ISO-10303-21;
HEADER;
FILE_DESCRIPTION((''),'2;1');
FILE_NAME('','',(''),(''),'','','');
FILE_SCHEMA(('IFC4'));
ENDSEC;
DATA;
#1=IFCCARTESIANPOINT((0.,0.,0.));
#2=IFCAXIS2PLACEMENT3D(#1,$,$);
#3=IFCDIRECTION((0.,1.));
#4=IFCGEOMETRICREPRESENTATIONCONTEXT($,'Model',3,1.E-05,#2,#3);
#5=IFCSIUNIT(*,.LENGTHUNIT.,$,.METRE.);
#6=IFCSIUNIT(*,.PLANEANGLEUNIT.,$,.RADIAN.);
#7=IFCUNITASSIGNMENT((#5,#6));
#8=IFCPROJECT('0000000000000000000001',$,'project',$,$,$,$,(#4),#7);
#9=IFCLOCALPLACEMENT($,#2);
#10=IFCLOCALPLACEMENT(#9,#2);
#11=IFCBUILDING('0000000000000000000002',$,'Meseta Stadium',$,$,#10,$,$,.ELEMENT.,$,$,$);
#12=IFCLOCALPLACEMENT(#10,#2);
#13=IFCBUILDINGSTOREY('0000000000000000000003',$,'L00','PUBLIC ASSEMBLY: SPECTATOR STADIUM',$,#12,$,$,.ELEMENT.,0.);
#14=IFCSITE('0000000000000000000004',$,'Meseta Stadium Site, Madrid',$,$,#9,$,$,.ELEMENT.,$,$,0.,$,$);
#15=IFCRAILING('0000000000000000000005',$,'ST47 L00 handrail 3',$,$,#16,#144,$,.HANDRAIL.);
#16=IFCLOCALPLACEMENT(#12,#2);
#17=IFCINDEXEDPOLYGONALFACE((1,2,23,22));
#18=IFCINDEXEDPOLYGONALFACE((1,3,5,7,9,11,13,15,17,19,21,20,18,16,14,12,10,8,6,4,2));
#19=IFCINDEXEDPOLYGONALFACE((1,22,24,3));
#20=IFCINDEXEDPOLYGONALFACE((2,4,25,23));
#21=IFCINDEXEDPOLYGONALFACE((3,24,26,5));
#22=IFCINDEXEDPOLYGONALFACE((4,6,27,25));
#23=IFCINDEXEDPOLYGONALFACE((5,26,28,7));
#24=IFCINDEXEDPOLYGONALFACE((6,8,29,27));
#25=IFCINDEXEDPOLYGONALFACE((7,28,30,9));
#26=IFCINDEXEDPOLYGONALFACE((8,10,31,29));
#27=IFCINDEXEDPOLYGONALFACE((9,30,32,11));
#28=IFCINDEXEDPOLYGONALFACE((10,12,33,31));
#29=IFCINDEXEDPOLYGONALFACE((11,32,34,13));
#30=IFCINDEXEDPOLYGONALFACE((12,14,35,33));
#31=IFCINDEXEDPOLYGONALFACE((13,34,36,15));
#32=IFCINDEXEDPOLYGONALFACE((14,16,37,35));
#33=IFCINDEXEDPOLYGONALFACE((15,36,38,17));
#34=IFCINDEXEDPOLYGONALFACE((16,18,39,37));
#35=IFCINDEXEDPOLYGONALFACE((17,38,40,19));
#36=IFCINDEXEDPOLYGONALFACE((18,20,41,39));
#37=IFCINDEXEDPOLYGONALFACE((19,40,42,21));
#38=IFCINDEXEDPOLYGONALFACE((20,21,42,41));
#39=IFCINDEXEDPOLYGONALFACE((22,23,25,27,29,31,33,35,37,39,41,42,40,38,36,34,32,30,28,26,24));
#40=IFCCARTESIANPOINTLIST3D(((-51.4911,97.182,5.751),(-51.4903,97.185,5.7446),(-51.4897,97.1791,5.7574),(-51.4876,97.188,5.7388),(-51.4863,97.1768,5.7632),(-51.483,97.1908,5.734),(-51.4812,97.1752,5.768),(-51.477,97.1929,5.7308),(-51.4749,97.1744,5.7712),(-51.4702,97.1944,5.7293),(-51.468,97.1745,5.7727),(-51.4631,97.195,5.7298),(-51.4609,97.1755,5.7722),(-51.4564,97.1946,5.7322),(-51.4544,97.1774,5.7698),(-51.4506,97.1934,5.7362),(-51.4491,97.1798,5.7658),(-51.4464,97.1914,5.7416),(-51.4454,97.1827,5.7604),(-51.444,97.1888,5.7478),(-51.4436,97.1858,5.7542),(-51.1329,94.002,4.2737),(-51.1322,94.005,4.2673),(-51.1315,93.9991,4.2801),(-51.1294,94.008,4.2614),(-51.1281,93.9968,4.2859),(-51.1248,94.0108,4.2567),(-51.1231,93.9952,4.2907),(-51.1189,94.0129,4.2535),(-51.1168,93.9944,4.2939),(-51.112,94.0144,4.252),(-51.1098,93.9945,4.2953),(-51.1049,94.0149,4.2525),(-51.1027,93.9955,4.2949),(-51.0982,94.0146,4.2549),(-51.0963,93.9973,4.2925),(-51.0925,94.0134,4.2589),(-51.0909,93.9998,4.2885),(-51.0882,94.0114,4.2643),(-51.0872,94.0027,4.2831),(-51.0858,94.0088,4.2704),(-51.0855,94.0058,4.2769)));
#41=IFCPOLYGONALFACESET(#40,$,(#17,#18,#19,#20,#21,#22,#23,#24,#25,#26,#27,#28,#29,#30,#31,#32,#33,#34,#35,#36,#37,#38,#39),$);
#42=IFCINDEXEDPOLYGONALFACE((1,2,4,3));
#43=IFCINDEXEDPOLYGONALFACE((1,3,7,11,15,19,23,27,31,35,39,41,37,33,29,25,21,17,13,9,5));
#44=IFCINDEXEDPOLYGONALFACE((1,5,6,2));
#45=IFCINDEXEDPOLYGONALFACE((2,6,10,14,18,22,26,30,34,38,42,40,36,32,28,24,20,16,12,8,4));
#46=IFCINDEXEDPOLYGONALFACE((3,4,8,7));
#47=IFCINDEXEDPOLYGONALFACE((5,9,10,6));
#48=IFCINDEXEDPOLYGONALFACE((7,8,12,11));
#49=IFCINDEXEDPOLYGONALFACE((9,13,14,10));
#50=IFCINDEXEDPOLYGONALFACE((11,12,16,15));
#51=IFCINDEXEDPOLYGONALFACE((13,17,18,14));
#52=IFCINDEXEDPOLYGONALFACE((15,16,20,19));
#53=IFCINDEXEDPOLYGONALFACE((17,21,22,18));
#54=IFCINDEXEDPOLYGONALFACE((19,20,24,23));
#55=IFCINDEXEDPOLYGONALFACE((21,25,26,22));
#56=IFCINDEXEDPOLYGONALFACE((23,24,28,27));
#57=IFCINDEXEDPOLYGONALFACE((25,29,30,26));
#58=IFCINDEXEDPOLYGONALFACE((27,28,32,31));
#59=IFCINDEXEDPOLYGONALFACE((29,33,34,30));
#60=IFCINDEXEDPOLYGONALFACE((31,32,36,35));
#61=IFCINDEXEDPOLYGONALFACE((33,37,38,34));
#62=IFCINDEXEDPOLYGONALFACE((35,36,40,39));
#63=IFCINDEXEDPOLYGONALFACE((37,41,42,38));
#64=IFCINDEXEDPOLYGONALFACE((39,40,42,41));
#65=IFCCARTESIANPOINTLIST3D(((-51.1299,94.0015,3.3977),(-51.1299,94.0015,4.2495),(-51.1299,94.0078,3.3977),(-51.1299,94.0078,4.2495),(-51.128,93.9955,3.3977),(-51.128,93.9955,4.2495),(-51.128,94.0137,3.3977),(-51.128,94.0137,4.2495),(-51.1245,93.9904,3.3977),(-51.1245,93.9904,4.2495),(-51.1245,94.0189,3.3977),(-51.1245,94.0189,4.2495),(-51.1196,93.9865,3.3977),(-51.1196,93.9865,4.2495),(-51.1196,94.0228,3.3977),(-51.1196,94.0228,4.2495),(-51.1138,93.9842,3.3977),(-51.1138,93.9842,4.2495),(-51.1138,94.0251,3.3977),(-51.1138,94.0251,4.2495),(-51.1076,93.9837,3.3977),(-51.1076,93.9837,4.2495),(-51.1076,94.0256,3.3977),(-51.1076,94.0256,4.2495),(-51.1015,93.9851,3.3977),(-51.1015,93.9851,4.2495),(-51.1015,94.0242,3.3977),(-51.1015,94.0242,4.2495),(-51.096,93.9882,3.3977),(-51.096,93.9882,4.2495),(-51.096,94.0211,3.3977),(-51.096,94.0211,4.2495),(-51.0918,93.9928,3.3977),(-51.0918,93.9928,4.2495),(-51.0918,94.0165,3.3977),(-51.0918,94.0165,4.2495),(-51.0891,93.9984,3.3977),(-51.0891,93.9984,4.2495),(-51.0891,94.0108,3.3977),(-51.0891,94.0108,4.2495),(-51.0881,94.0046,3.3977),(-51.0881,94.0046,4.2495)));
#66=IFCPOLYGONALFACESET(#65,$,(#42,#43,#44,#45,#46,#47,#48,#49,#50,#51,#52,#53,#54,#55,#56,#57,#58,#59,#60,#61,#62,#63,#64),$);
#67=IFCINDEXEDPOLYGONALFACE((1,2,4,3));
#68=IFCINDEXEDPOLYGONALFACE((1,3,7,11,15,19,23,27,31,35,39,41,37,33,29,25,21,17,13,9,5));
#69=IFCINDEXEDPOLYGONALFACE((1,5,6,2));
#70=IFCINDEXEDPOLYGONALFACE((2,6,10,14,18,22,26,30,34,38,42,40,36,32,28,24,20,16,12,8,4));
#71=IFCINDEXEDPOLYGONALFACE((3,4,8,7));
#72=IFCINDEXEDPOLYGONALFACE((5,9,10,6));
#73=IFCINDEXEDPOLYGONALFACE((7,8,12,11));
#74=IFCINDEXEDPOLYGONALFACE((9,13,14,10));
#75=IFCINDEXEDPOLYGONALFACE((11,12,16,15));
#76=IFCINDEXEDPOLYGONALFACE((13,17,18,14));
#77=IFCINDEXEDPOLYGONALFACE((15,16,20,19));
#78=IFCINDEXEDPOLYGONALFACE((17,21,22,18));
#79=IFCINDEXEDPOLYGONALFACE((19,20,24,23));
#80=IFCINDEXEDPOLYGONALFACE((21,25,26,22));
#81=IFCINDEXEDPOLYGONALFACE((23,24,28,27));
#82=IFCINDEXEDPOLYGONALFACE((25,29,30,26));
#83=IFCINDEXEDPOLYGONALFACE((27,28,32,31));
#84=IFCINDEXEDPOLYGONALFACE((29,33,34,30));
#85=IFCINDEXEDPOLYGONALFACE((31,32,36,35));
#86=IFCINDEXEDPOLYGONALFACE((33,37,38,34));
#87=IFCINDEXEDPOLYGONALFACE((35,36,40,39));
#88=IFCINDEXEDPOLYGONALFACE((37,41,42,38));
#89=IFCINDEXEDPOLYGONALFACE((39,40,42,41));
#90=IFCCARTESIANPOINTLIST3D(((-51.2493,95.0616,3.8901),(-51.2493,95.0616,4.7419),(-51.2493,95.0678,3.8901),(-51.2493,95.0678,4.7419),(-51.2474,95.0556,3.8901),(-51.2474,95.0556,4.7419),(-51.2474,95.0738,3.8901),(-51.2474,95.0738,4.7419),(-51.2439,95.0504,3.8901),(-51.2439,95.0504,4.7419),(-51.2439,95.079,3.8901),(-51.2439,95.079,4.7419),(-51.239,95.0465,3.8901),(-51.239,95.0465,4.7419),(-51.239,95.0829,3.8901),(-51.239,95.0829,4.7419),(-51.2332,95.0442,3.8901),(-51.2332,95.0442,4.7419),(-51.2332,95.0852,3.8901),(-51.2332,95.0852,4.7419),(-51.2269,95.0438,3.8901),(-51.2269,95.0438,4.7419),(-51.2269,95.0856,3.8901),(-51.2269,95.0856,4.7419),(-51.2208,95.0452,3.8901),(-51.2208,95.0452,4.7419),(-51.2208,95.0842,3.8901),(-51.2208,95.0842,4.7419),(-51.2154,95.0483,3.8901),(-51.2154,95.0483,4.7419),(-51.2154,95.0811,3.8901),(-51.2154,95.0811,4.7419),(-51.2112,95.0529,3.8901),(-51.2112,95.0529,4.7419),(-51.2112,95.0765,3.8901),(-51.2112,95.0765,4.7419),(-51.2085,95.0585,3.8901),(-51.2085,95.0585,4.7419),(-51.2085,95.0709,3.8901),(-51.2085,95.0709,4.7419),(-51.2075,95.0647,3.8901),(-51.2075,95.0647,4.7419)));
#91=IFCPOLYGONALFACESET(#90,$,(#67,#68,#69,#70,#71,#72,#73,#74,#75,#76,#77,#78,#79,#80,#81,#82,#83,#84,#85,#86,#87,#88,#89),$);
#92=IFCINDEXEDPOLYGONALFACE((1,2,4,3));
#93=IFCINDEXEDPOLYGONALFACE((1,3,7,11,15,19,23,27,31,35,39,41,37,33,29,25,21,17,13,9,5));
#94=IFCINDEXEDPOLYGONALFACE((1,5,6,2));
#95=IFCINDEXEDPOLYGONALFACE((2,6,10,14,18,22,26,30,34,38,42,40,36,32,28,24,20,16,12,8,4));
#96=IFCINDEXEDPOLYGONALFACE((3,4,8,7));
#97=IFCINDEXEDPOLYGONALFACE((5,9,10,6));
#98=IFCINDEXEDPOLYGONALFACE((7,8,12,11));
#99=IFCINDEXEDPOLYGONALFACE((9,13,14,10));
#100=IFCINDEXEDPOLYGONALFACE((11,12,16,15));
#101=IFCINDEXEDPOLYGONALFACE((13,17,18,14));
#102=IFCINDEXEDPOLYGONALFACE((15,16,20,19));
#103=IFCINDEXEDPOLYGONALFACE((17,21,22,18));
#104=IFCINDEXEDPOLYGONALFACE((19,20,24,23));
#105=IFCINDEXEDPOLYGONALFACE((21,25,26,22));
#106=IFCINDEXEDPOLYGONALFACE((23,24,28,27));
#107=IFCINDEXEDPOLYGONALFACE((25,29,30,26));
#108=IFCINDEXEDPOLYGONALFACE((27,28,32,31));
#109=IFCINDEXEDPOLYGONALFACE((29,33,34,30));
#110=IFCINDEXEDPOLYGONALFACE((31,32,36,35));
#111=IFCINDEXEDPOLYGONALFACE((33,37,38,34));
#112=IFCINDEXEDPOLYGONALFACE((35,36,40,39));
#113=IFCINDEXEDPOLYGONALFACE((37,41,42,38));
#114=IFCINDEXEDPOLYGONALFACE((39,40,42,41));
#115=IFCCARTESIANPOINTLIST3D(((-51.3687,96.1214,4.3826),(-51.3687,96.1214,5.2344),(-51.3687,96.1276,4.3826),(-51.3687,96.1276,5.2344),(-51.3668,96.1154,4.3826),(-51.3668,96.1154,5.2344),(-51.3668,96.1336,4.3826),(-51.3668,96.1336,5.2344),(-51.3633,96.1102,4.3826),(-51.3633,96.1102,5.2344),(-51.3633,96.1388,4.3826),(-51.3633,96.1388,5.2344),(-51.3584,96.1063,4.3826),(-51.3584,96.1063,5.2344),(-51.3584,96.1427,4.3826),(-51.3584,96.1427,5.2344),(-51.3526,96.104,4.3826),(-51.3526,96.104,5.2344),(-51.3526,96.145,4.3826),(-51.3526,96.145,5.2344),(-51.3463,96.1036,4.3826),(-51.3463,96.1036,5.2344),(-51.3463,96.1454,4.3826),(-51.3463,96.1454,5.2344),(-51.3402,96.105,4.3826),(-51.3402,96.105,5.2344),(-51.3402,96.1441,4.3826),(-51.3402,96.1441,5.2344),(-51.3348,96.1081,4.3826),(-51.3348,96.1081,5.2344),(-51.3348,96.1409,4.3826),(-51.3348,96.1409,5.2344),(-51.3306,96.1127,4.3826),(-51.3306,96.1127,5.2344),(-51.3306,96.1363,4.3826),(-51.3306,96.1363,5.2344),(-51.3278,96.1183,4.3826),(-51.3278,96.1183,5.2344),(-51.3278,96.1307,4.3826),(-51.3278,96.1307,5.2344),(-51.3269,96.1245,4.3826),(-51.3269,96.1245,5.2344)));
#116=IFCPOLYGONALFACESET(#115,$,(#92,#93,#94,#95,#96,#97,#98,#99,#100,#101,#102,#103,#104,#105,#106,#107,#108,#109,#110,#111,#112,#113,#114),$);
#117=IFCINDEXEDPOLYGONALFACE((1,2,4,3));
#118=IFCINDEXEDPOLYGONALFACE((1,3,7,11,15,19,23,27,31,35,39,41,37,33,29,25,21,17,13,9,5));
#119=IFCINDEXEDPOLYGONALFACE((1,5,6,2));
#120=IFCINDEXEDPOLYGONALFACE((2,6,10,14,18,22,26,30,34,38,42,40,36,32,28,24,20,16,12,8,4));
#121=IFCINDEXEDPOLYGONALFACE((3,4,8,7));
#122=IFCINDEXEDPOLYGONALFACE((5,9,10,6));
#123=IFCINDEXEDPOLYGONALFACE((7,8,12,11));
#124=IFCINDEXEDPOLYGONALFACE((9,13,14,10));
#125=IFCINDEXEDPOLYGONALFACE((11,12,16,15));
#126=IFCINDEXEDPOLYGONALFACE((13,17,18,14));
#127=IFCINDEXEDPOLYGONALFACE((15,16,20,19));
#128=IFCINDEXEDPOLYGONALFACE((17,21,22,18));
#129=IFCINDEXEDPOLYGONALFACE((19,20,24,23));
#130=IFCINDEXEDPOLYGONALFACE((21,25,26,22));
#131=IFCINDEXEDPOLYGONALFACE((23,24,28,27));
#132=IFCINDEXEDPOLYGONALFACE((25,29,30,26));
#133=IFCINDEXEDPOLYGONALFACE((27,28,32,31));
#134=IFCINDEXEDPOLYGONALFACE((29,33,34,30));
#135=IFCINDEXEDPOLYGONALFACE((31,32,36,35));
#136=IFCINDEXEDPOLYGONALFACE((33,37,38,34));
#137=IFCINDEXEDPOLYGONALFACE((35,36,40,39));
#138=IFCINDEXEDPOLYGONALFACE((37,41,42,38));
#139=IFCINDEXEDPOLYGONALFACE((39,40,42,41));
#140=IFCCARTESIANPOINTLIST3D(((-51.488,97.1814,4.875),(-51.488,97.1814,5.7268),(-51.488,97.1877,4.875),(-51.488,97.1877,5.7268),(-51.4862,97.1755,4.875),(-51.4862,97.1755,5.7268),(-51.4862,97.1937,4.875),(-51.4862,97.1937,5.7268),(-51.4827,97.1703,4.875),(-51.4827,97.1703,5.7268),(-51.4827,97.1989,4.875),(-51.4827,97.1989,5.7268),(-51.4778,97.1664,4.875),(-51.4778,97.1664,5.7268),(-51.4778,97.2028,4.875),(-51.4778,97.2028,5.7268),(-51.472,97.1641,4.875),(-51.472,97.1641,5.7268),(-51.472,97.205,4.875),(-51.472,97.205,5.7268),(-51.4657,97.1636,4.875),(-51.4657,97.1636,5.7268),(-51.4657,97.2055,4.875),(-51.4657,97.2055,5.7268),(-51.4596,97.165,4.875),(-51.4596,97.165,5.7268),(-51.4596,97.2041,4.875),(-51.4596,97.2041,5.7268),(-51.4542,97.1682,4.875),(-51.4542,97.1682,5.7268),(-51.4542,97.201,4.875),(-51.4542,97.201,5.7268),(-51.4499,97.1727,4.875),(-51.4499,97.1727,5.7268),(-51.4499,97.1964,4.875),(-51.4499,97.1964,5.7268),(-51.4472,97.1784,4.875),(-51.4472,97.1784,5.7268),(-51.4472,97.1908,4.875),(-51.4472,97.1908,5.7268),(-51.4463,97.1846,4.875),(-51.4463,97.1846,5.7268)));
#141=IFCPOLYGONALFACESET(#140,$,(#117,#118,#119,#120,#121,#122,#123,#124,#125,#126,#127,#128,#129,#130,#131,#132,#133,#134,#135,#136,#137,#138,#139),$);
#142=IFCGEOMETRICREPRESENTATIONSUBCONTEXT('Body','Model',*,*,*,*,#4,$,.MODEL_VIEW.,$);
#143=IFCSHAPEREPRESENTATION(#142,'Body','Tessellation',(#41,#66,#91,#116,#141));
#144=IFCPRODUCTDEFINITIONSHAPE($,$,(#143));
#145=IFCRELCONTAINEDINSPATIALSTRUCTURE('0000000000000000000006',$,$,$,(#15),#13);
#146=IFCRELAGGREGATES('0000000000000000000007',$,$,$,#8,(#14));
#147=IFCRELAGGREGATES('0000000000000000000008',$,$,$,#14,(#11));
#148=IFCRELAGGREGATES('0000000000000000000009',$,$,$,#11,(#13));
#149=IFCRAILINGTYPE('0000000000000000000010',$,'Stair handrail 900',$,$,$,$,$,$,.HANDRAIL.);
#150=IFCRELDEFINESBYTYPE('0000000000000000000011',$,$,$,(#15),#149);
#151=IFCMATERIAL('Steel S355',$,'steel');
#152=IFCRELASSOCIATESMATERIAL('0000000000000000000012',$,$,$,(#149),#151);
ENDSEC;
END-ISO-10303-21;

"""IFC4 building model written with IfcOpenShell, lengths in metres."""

from ifc_helpers import new_model, si_unit, direction, frame, origin, origin_2d, place, context, subcontext, project, spatial, circle, extrude, material, type_object, element, save


model = new_model("IFC4")

# Units and contexts
model_context = context("Model", 3, precision=1e-05, world=origin(), true_north=direction((0.0, 1.0)))
body_context = subcontext(model_context, "Body", "Model", "MODEL_VIEW")
ifc_project = project(units=[si_unit("LENGTHUNIT", "METRE"), si_unit("PLANEANGLEUNIT", "RADIAN")], contexts=[model_context])

# Site, building, storey
site_placement = place(None, origin())
site = spatial("IfcSite", under=ifc_project, at=site_placement, Name="Meseta Stadium Site, Madrid", CompositionType="ELEMENT", RefElevation=0.0)
building_placement = place(site_placement, origin())
building = spatial("IfcBuilding", under=site, at=building_placement, Name="Meseta Stadium", CompositionType="ELEMENT")
storey_placement = place(building_placement, origin())
storey = spatial("IfcBuildingStorey", under=building, at=storey_placement, Name="L00", Description="PUBLIC ASSEMBLY: SPECTATOR STADIUM", CompositionType="ELEMENT", Elevation=0.0)

# Railing
ifc_material_1 = material(Name="Steel S355", Category="steel")
railing_type_1 = type_object("IfcRailingType", Name="Stair handrail 900", PredefinedType="HANDRAIL", material=ifc_material_1)
for number, where, name in (
    (1, (-51.1091, 94.0046, 3.3977), "ST47 L00 handrail 3"),
):
    element("IfcRailing", number, at=place(storey_placement, frame(where)), inside=storey, type_object=railing_type_1, Name=name, PredefinedType="HANDRAIL", context=body_context, shape_type="SweptSolid", body=[
        extrude(circle(Radius=0.0239, at=origin_2d()), frame((0.0, 0.0, 0.876), z_axis=(-0.101616, 0.902217, 0.419141), x_axis=(-0.993717, -0.111922, 0.0)), (0.0, 0.0, 1.0), 3.5247),
        extrude(circle(Radius=0.021, at=origin_2d()), origin(), (0.0, 0.0, 1.0), 0.8518),
        extrude(circle(Radius=0.021, at=origin_2d()), frame((-0.1194, 1.0601, 0.4924)), (0.0, 0.0, 1.0), 0.8518),
        extrude(circle(Radius=0.021, at=origin_2d()), frame((-0.2388, 2.1199, 0.9849)), (0.0, 0.0, 1.0), 0.8518),
        extrude(circle(Radius=0.021, at=origin_2d()), frame((-0.3582, 3.1799, 1.4773)), (0.0, 0.0, 1.0), 0.8518),
    ])

save(model, "model.ifc")
